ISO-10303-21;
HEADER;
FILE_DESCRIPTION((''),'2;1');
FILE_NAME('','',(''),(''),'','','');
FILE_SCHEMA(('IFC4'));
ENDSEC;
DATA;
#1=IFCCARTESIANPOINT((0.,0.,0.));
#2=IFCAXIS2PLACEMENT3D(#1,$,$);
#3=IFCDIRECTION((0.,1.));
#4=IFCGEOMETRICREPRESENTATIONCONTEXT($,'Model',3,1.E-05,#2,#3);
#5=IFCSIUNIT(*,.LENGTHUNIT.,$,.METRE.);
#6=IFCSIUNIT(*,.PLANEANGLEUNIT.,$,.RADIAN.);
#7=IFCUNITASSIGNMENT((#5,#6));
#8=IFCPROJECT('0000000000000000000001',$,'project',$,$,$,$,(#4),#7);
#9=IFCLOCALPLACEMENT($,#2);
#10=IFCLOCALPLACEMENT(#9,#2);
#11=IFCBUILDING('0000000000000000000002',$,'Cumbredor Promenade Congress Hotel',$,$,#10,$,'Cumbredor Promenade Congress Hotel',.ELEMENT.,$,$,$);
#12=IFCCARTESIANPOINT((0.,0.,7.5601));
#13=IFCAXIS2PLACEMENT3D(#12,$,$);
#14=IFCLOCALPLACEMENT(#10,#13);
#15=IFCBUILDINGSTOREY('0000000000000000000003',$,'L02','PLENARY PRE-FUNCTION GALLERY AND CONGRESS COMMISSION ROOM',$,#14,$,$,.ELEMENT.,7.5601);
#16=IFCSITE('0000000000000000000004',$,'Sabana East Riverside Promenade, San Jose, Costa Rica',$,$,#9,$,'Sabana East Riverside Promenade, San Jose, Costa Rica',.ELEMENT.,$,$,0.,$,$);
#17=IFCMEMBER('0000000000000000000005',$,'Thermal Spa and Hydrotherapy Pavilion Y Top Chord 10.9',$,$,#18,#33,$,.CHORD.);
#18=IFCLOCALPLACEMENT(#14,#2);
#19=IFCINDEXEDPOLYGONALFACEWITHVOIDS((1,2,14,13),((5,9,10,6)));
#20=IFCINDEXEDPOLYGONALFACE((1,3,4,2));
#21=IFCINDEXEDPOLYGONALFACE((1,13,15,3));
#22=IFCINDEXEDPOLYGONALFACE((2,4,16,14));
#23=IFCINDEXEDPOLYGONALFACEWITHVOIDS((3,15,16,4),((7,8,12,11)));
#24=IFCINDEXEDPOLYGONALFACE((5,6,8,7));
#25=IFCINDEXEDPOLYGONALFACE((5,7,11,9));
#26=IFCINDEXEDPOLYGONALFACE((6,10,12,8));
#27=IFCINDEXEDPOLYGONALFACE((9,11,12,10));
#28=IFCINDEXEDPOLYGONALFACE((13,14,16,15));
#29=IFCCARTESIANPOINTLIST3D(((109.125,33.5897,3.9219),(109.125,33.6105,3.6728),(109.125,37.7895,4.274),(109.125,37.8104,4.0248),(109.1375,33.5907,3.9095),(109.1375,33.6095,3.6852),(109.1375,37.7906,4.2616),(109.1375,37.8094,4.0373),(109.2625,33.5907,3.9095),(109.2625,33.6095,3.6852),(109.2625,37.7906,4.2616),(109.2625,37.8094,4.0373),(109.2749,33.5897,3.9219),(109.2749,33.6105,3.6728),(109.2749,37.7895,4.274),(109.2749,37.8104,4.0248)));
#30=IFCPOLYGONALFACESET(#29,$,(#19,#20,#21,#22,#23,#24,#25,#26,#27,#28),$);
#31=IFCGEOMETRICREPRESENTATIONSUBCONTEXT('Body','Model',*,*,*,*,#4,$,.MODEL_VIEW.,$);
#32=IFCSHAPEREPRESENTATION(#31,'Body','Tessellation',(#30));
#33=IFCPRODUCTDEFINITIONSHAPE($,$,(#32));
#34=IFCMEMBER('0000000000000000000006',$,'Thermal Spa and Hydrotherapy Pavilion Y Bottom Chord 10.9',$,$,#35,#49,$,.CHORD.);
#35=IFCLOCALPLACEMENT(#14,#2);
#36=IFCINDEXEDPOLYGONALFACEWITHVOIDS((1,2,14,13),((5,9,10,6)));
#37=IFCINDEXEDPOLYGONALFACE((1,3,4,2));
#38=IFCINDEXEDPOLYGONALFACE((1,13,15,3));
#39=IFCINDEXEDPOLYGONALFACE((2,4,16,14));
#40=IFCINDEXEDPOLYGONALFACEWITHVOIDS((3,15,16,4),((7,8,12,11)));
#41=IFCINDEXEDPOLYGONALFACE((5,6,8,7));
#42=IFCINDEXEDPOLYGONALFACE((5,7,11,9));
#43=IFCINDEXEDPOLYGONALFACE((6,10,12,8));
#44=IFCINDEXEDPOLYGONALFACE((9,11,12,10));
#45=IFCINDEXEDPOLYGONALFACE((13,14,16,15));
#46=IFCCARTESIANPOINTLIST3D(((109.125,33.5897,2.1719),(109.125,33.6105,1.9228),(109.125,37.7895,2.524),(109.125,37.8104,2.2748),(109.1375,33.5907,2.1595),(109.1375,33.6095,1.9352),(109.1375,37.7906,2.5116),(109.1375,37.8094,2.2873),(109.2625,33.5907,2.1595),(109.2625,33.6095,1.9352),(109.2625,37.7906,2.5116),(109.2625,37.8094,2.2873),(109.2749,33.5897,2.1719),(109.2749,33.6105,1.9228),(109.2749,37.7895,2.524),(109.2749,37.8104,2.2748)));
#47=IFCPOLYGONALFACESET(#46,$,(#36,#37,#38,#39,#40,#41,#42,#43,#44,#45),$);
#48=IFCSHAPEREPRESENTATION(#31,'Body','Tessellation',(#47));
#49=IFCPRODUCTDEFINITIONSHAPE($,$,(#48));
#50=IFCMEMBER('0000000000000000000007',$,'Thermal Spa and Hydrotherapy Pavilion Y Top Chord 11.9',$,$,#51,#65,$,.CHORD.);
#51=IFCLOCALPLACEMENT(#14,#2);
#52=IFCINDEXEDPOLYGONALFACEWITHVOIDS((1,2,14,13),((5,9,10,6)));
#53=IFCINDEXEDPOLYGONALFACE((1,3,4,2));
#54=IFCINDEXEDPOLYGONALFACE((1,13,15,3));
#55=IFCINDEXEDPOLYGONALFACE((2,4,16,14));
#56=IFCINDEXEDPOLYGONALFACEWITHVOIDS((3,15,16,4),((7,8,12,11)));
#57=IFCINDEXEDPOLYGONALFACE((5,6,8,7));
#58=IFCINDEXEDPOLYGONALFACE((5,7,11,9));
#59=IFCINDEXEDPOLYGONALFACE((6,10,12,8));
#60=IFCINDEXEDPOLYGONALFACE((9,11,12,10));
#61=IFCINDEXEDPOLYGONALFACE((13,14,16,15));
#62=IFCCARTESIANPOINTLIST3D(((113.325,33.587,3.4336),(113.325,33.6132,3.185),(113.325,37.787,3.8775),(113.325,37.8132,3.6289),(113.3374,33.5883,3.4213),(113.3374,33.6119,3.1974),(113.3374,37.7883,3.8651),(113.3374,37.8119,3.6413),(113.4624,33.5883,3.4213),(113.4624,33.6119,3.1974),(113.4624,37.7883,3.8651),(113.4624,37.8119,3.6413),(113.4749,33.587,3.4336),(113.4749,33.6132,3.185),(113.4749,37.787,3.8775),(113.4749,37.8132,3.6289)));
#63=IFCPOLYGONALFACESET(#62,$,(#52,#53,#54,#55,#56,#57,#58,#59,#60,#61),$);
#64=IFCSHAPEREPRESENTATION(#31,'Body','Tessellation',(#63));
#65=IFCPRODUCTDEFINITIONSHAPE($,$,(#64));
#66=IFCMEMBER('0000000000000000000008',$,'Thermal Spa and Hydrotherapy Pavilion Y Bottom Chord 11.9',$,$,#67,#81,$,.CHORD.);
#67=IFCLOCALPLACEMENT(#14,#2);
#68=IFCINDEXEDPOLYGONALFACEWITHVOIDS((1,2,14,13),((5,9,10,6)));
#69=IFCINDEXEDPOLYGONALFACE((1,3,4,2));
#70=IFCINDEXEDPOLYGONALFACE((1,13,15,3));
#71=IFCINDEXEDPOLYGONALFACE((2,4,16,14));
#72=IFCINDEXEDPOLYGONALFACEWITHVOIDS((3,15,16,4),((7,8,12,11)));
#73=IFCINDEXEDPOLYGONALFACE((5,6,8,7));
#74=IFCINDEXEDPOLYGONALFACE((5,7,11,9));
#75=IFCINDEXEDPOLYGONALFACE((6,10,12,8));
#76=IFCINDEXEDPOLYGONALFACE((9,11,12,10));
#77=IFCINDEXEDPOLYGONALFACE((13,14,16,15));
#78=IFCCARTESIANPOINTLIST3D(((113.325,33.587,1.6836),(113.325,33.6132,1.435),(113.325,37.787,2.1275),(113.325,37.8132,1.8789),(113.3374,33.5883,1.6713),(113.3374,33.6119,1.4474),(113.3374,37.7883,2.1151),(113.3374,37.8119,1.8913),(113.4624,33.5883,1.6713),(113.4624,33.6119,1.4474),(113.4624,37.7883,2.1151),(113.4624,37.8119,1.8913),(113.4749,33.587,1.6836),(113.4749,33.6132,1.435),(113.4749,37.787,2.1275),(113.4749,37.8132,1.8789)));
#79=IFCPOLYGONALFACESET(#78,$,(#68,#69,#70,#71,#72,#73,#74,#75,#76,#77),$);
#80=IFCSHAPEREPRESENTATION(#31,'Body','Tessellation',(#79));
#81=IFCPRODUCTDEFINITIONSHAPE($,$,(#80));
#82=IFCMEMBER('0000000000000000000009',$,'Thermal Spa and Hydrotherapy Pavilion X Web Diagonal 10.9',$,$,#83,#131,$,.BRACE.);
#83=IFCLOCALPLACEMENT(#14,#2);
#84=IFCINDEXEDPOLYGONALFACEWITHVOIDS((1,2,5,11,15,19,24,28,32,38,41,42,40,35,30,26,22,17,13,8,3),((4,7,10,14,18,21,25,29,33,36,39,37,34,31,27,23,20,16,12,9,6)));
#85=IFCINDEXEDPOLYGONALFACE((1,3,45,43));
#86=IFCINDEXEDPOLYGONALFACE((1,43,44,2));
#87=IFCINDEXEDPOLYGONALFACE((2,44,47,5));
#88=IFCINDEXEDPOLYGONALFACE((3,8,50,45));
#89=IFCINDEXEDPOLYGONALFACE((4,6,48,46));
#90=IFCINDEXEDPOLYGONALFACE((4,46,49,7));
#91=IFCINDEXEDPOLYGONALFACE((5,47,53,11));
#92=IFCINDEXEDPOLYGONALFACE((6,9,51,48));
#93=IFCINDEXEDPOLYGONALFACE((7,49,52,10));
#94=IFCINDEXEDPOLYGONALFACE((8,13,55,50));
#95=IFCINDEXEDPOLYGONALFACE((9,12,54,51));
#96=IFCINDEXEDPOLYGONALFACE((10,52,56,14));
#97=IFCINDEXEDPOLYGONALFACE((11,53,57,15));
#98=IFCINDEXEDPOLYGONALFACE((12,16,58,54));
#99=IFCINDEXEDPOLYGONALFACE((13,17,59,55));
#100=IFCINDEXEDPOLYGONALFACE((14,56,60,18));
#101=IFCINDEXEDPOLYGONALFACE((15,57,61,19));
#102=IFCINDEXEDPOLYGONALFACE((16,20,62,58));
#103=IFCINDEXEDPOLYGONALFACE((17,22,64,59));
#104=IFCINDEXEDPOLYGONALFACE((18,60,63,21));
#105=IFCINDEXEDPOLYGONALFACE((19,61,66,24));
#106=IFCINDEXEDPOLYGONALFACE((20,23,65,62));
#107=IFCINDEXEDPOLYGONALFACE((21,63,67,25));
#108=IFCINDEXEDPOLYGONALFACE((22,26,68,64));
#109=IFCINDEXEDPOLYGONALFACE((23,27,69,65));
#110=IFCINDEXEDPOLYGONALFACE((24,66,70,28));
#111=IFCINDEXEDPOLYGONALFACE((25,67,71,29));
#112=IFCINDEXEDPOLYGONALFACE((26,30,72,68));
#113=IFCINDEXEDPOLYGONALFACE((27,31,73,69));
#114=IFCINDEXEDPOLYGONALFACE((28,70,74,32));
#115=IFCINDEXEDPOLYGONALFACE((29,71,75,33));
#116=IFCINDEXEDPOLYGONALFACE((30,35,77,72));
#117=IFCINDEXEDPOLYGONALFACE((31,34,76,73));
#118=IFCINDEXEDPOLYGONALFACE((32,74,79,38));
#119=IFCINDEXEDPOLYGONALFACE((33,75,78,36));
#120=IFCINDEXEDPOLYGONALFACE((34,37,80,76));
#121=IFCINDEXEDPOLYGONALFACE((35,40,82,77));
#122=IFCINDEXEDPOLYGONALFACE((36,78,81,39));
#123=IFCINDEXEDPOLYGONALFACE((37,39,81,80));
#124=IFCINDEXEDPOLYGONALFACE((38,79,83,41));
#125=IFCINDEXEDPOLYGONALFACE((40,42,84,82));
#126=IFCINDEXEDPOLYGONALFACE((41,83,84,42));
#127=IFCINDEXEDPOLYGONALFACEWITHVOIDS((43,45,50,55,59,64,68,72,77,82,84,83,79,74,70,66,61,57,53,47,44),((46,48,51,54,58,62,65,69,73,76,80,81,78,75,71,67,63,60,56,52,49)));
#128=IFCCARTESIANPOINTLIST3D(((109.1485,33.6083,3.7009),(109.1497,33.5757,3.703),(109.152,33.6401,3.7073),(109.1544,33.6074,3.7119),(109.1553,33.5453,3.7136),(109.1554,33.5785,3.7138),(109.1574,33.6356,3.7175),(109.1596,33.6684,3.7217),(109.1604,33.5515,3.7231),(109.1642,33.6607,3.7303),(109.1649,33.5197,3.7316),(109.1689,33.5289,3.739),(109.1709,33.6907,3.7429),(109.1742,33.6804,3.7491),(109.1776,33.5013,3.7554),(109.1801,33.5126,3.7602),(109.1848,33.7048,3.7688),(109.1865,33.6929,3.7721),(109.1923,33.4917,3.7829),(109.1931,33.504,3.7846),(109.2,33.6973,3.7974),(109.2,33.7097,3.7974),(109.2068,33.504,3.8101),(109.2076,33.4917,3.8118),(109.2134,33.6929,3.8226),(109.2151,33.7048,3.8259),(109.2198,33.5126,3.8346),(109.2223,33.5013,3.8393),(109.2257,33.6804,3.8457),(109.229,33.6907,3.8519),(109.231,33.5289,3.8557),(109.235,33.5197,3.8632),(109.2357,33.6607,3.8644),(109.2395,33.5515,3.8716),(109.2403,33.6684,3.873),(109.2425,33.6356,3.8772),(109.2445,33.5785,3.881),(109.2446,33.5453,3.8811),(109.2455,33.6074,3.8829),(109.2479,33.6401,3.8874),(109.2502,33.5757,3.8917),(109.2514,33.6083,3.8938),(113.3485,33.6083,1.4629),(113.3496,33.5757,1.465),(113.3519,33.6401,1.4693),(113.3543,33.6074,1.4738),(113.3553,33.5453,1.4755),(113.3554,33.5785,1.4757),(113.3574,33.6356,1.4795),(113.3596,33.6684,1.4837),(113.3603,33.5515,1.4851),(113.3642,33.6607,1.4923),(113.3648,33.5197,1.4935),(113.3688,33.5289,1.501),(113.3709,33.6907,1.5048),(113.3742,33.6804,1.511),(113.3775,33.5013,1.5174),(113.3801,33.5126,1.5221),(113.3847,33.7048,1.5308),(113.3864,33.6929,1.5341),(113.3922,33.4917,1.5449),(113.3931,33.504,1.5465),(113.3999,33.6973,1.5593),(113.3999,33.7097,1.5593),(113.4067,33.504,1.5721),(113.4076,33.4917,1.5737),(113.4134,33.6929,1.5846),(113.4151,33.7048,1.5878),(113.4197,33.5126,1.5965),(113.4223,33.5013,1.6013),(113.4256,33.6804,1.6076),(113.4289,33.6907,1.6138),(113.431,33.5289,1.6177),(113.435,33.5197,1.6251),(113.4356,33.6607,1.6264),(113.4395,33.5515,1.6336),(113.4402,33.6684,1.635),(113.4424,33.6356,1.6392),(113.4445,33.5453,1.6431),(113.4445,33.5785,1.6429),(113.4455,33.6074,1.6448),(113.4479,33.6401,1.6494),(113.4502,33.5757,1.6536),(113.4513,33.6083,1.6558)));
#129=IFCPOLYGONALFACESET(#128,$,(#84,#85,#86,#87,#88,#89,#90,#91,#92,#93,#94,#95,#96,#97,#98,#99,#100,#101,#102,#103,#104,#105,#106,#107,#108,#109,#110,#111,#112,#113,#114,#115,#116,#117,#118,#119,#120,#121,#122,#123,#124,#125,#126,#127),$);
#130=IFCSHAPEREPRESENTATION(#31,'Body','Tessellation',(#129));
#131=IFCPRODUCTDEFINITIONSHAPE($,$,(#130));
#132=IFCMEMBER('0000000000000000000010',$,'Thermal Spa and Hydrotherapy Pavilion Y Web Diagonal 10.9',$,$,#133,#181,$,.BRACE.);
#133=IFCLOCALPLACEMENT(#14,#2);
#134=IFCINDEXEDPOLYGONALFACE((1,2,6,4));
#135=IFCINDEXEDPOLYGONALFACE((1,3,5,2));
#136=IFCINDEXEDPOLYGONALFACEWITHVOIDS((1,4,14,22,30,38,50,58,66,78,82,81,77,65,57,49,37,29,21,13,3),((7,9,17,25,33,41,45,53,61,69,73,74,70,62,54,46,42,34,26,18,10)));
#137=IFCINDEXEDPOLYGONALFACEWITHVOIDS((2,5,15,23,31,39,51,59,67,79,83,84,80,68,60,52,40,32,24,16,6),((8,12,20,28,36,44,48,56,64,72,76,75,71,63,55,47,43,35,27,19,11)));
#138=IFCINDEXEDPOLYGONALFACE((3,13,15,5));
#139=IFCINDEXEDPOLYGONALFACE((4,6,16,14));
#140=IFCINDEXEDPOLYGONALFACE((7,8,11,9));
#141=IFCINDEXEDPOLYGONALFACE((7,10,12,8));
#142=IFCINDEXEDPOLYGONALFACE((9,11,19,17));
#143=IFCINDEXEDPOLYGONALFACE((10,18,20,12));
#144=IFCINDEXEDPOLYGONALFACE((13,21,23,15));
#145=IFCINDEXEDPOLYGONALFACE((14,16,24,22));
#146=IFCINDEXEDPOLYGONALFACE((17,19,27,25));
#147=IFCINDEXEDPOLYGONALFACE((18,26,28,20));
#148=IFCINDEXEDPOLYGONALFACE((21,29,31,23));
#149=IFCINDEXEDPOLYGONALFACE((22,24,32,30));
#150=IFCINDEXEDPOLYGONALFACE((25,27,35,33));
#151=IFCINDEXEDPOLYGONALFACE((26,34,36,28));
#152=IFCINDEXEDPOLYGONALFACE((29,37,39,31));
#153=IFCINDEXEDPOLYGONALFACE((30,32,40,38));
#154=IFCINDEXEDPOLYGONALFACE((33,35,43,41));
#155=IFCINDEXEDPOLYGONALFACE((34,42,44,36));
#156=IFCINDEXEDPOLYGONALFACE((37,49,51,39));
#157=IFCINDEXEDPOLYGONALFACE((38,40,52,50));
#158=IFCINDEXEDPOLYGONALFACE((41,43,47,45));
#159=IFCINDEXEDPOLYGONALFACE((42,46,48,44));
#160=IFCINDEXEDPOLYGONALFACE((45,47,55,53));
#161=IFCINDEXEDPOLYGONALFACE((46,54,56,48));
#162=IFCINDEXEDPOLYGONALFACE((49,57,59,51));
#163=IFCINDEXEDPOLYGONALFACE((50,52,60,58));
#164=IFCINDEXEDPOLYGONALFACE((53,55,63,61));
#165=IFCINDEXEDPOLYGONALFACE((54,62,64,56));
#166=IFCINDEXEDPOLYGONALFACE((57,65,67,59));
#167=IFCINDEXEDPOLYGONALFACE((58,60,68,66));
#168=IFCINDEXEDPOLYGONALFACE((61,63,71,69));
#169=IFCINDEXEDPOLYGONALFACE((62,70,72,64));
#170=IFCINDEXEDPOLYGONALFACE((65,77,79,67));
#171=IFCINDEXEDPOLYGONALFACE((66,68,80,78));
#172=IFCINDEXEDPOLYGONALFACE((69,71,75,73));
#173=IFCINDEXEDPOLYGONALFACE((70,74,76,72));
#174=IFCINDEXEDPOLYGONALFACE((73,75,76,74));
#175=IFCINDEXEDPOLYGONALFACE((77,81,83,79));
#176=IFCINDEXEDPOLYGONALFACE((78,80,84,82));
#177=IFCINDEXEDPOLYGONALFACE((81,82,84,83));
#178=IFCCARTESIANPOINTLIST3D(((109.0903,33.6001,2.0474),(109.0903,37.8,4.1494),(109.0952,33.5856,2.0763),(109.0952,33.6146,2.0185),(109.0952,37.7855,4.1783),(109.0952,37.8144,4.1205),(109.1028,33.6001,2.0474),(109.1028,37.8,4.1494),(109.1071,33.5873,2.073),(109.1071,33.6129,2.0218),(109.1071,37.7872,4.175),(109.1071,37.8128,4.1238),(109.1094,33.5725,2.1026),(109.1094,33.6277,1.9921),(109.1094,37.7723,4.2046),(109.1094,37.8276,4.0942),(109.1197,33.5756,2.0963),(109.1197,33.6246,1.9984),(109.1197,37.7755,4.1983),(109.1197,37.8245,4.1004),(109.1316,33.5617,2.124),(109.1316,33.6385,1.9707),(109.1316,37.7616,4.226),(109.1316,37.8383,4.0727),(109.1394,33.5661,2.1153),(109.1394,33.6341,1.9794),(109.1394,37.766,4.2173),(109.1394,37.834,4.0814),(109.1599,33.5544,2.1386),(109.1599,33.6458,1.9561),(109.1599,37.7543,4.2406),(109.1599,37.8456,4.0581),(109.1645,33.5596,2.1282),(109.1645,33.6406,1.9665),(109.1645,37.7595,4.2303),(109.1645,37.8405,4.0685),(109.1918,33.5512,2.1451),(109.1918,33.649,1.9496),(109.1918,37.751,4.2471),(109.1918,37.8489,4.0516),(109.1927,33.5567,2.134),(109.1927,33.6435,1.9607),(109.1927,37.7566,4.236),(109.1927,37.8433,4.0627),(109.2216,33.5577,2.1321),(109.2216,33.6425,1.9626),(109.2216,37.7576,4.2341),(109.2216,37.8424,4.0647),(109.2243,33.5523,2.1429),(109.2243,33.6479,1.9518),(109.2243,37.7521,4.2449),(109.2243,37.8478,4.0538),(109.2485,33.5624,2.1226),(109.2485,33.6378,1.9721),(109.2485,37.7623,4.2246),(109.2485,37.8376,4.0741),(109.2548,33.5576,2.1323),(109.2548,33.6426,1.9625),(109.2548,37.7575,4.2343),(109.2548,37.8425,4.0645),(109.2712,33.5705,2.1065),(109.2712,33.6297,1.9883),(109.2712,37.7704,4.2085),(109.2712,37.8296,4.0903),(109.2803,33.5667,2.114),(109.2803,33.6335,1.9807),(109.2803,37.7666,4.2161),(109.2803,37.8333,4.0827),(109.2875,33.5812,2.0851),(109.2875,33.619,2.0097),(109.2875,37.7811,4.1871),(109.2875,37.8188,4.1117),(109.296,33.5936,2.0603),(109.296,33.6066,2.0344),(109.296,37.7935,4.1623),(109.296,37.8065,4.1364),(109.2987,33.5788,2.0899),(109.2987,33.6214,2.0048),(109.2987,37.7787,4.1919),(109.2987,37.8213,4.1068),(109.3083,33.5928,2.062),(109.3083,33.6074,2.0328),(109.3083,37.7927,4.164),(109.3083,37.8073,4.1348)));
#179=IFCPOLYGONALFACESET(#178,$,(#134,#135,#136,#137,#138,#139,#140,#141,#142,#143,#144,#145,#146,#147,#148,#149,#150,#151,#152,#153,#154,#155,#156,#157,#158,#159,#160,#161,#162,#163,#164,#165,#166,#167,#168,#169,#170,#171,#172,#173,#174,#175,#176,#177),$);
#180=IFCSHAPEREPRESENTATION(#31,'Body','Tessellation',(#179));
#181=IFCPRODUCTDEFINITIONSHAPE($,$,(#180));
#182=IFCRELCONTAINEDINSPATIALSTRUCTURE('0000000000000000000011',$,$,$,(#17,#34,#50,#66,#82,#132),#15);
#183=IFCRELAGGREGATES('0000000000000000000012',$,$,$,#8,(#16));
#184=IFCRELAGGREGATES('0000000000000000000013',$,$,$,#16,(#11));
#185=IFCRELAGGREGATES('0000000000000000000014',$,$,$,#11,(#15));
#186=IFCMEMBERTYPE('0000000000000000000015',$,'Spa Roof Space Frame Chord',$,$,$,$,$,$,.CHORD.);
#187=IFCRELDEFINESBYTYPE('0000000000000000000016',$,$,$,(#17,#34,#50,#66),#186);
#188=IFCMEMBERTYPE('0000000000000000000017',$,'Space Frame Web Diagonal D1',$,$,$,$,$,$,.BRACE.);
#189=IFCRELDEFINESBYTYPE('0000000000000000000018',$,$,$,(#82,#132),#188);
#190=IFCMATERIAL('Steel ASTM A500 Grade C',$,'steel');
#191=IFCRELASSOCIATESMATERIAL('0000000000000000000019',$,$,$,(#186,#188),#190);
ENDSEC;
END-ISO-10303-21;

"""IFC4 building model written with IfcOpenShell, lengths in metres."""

from ifc_helpers import new_model, si_unit, direction, frame, origin, origin_2d, place, context, subcontext, project, spatial, hollow_rectangle, hollow_circle, extrude, material, material_profile, profile_set, type_object, element, save


model = new_model("IFC4")

# Units and contexts
model_context = context("Model", 3, precision=1e-05, world=origin(), true_north=direction((0.0, 1.0)))
body_context = subcontext(model_context, "Body", "Model", "MODEL_VIEW")
ifc_project = project(units=[si_unit("LENGTHUNIT", "METRE"), si_unit("PLANEANGLEUNIT", "RADIAN")], contexts=[model_context])

# Site, building, storey
site_placement = place(None, origin())
site = spatial("IfcSite", under=ifc_project, at=site_placement, Name="Sabana East Riverside Promenade, San Jose, Costa Rica", LongName="Sabana East Riverside Promenade, San Jose, Costa Rica", CompositionType="ELEMENT", RefElevation=0.0)
building_placement = place(site_placement, origin())
building = spatial("IfcBuilding", under=site, at=building_placement, Name="Cumbredor Promenade Congress Hotel", LongName="Cumbredor Promenade Congress Hotel", CompositionType="ELEMENT")
storey_placement = place(building_placement, frame((0.0, 0.0, 7.5601)))
storey = spatial("IfcBuildingStorey", under=building, at=storey_placement, Name="L02", Description="PLENARY PRE-FUNCTION GALLERY AND CONGRESS COMMISSION ROOM", CompositionType="ELEMENT", Elevation=7.5601)

# Members
ifc_material_1 = material(Name="Steel ASTM A500 Grade C", Category="steel")
ifc_material_profile_1 = material_profile(ifc_material_1, hollow_rectangle(XDim=0.1499, YDim=0.25, WallThickness=0.0125, at=origin_2d()), Name="HSS 250x150x12.5")
ifc_profile_set_1 = profile_set([ifc_material_profile_1], Name="Steel ASTM A500 Grade C")
member_type_1 = type_object("IfcMemberType", Name="Spa Roof Space Frame Chord", PredefinedType="CHORD", material=ifc_profile_set_1)
for number, where, z_axis, x_axis, name in (
    (1, (109.2, 33.6001, 3.7974), (0.0, 0.996505, 0.08353), (-1.0, 0.0, 0.0), "Thermal Spa and Hydrotherapy Pavilion Y Top Chord 10.9"),
    (2, (109.2, 33.6001, 2.0474), (0.0, 0.996505, 0.08353), (-1.0, 0.0, 0.0), "Thermal Spa and Hydrotherapy Pavilion Y Bottom Chord 10.9"),
):
    element("IfcMember", number, at=place(storey_placement, frame(where, z_axis=z_axis, x_axis=x_axis)), inside=storey, type_object=member_type_1, Name=name, PredefinedType="CHORD", context=body_context, shape_type="SweptSolid", body=[
        extrude(hollow_rectangle(XDim=0.1499, YDim=0.25, WallThickness=0.0125, at=origin_2d()), origin(), (0.0, 0.0, 1.0), 4.2146),
    ])
for number, where, z_axis, x_axis, name in (
    (3, (113.3999, 33.6001, 3.3093), (0.0, 0.994462, 0.105094), (-1.0, 0.0, 0.0), "Thermal Spa and Hydrotherapy Pavilion Y Top Chord 11.9"),
    (4, (113.3999, 33.6001, 1.5593), (0.0, 0.994462, 0.105094), (-1.0, 0.0, 0.0), "Thermal Spa and Hydrotherapy Pavilion Y Bottom Chord 11.9"),
):
    element("IfcMember", number, at=place(storey_placement, frame(where, z_axis=z_axis, x_axis=x_axis)), inside=storey, type_object=member_type_1, Name=name, PredefinedType="CHORD", context=body_context, shape_type="SweptSolid", body=[
        extrude(hollow_rectangle(XDim=0.1499, YDim=0.25, WallThickness=0.0125, at=origin_2d()), origin(), (0.0, 0.0, 1.0), 4.2234),
    ])
ifc_material_profile_2 = material_profile(ifc_material_1, hollow_circle(Radius=0.1096, WallThickness=0.0125, at=origin_2d()), Name="CHS 219.1x12.5")
ifc_profile_set_2 = profile_set([ifc_material_profile_2], Name="Steel ASTM A500 Grade C")
member_type_2 = type_object("IfcMemberType", Name="Space Frame Web Diagonal D1", PredefinedType="BRACE", material=ifc_profile_set_2)
member_1_placement = place(storey_placement, frame((109.2, 33.6001, 3.7974), z_axis=(0.882522, 0.0, -0.470271), x_axis=(0.0, 1.0, 0.0)))
element("IfcMember", 5, at=member_1_placement, inside=storey, type_object=member_type_2, Name="Thermal Spa and Hydrotherapy Pavilion X Web Diagonal 10.9", PredefinedType="BRACE", context=body_context, shape_type="SweptSolid", body=[
    extrude(hollow_circle(Radius=0.1096, WallThickness=0.0125, at=origin_2d()), origin(), (0.0, 0.0, 1.0), 4.759),
])
member_2_placement = place(storey_placement, frame((109.2, 33.6001, 2.0474), z_axis=(0.0, 0.89425, 0.447567), x_axis=(-1.0, 0.0, 0.0)))
element("IfcMember", 6, at=member_2_placement, inside=storey, type_object=member_type_2, Name="Thermal Spa and Hydrotherapy Pavilion Y Web Diagonal 10.9", PredefinedType="BRACE", context=body_context, shape_type="SweptSolid", body=[
    extrude(hollow_circle(Radius=0.1096, WallThickness=0.0125, at=origin_2d()), origin(), (0.0, 0.0, 1.0), 4.6965),
])

save(model, "model.ifc")
